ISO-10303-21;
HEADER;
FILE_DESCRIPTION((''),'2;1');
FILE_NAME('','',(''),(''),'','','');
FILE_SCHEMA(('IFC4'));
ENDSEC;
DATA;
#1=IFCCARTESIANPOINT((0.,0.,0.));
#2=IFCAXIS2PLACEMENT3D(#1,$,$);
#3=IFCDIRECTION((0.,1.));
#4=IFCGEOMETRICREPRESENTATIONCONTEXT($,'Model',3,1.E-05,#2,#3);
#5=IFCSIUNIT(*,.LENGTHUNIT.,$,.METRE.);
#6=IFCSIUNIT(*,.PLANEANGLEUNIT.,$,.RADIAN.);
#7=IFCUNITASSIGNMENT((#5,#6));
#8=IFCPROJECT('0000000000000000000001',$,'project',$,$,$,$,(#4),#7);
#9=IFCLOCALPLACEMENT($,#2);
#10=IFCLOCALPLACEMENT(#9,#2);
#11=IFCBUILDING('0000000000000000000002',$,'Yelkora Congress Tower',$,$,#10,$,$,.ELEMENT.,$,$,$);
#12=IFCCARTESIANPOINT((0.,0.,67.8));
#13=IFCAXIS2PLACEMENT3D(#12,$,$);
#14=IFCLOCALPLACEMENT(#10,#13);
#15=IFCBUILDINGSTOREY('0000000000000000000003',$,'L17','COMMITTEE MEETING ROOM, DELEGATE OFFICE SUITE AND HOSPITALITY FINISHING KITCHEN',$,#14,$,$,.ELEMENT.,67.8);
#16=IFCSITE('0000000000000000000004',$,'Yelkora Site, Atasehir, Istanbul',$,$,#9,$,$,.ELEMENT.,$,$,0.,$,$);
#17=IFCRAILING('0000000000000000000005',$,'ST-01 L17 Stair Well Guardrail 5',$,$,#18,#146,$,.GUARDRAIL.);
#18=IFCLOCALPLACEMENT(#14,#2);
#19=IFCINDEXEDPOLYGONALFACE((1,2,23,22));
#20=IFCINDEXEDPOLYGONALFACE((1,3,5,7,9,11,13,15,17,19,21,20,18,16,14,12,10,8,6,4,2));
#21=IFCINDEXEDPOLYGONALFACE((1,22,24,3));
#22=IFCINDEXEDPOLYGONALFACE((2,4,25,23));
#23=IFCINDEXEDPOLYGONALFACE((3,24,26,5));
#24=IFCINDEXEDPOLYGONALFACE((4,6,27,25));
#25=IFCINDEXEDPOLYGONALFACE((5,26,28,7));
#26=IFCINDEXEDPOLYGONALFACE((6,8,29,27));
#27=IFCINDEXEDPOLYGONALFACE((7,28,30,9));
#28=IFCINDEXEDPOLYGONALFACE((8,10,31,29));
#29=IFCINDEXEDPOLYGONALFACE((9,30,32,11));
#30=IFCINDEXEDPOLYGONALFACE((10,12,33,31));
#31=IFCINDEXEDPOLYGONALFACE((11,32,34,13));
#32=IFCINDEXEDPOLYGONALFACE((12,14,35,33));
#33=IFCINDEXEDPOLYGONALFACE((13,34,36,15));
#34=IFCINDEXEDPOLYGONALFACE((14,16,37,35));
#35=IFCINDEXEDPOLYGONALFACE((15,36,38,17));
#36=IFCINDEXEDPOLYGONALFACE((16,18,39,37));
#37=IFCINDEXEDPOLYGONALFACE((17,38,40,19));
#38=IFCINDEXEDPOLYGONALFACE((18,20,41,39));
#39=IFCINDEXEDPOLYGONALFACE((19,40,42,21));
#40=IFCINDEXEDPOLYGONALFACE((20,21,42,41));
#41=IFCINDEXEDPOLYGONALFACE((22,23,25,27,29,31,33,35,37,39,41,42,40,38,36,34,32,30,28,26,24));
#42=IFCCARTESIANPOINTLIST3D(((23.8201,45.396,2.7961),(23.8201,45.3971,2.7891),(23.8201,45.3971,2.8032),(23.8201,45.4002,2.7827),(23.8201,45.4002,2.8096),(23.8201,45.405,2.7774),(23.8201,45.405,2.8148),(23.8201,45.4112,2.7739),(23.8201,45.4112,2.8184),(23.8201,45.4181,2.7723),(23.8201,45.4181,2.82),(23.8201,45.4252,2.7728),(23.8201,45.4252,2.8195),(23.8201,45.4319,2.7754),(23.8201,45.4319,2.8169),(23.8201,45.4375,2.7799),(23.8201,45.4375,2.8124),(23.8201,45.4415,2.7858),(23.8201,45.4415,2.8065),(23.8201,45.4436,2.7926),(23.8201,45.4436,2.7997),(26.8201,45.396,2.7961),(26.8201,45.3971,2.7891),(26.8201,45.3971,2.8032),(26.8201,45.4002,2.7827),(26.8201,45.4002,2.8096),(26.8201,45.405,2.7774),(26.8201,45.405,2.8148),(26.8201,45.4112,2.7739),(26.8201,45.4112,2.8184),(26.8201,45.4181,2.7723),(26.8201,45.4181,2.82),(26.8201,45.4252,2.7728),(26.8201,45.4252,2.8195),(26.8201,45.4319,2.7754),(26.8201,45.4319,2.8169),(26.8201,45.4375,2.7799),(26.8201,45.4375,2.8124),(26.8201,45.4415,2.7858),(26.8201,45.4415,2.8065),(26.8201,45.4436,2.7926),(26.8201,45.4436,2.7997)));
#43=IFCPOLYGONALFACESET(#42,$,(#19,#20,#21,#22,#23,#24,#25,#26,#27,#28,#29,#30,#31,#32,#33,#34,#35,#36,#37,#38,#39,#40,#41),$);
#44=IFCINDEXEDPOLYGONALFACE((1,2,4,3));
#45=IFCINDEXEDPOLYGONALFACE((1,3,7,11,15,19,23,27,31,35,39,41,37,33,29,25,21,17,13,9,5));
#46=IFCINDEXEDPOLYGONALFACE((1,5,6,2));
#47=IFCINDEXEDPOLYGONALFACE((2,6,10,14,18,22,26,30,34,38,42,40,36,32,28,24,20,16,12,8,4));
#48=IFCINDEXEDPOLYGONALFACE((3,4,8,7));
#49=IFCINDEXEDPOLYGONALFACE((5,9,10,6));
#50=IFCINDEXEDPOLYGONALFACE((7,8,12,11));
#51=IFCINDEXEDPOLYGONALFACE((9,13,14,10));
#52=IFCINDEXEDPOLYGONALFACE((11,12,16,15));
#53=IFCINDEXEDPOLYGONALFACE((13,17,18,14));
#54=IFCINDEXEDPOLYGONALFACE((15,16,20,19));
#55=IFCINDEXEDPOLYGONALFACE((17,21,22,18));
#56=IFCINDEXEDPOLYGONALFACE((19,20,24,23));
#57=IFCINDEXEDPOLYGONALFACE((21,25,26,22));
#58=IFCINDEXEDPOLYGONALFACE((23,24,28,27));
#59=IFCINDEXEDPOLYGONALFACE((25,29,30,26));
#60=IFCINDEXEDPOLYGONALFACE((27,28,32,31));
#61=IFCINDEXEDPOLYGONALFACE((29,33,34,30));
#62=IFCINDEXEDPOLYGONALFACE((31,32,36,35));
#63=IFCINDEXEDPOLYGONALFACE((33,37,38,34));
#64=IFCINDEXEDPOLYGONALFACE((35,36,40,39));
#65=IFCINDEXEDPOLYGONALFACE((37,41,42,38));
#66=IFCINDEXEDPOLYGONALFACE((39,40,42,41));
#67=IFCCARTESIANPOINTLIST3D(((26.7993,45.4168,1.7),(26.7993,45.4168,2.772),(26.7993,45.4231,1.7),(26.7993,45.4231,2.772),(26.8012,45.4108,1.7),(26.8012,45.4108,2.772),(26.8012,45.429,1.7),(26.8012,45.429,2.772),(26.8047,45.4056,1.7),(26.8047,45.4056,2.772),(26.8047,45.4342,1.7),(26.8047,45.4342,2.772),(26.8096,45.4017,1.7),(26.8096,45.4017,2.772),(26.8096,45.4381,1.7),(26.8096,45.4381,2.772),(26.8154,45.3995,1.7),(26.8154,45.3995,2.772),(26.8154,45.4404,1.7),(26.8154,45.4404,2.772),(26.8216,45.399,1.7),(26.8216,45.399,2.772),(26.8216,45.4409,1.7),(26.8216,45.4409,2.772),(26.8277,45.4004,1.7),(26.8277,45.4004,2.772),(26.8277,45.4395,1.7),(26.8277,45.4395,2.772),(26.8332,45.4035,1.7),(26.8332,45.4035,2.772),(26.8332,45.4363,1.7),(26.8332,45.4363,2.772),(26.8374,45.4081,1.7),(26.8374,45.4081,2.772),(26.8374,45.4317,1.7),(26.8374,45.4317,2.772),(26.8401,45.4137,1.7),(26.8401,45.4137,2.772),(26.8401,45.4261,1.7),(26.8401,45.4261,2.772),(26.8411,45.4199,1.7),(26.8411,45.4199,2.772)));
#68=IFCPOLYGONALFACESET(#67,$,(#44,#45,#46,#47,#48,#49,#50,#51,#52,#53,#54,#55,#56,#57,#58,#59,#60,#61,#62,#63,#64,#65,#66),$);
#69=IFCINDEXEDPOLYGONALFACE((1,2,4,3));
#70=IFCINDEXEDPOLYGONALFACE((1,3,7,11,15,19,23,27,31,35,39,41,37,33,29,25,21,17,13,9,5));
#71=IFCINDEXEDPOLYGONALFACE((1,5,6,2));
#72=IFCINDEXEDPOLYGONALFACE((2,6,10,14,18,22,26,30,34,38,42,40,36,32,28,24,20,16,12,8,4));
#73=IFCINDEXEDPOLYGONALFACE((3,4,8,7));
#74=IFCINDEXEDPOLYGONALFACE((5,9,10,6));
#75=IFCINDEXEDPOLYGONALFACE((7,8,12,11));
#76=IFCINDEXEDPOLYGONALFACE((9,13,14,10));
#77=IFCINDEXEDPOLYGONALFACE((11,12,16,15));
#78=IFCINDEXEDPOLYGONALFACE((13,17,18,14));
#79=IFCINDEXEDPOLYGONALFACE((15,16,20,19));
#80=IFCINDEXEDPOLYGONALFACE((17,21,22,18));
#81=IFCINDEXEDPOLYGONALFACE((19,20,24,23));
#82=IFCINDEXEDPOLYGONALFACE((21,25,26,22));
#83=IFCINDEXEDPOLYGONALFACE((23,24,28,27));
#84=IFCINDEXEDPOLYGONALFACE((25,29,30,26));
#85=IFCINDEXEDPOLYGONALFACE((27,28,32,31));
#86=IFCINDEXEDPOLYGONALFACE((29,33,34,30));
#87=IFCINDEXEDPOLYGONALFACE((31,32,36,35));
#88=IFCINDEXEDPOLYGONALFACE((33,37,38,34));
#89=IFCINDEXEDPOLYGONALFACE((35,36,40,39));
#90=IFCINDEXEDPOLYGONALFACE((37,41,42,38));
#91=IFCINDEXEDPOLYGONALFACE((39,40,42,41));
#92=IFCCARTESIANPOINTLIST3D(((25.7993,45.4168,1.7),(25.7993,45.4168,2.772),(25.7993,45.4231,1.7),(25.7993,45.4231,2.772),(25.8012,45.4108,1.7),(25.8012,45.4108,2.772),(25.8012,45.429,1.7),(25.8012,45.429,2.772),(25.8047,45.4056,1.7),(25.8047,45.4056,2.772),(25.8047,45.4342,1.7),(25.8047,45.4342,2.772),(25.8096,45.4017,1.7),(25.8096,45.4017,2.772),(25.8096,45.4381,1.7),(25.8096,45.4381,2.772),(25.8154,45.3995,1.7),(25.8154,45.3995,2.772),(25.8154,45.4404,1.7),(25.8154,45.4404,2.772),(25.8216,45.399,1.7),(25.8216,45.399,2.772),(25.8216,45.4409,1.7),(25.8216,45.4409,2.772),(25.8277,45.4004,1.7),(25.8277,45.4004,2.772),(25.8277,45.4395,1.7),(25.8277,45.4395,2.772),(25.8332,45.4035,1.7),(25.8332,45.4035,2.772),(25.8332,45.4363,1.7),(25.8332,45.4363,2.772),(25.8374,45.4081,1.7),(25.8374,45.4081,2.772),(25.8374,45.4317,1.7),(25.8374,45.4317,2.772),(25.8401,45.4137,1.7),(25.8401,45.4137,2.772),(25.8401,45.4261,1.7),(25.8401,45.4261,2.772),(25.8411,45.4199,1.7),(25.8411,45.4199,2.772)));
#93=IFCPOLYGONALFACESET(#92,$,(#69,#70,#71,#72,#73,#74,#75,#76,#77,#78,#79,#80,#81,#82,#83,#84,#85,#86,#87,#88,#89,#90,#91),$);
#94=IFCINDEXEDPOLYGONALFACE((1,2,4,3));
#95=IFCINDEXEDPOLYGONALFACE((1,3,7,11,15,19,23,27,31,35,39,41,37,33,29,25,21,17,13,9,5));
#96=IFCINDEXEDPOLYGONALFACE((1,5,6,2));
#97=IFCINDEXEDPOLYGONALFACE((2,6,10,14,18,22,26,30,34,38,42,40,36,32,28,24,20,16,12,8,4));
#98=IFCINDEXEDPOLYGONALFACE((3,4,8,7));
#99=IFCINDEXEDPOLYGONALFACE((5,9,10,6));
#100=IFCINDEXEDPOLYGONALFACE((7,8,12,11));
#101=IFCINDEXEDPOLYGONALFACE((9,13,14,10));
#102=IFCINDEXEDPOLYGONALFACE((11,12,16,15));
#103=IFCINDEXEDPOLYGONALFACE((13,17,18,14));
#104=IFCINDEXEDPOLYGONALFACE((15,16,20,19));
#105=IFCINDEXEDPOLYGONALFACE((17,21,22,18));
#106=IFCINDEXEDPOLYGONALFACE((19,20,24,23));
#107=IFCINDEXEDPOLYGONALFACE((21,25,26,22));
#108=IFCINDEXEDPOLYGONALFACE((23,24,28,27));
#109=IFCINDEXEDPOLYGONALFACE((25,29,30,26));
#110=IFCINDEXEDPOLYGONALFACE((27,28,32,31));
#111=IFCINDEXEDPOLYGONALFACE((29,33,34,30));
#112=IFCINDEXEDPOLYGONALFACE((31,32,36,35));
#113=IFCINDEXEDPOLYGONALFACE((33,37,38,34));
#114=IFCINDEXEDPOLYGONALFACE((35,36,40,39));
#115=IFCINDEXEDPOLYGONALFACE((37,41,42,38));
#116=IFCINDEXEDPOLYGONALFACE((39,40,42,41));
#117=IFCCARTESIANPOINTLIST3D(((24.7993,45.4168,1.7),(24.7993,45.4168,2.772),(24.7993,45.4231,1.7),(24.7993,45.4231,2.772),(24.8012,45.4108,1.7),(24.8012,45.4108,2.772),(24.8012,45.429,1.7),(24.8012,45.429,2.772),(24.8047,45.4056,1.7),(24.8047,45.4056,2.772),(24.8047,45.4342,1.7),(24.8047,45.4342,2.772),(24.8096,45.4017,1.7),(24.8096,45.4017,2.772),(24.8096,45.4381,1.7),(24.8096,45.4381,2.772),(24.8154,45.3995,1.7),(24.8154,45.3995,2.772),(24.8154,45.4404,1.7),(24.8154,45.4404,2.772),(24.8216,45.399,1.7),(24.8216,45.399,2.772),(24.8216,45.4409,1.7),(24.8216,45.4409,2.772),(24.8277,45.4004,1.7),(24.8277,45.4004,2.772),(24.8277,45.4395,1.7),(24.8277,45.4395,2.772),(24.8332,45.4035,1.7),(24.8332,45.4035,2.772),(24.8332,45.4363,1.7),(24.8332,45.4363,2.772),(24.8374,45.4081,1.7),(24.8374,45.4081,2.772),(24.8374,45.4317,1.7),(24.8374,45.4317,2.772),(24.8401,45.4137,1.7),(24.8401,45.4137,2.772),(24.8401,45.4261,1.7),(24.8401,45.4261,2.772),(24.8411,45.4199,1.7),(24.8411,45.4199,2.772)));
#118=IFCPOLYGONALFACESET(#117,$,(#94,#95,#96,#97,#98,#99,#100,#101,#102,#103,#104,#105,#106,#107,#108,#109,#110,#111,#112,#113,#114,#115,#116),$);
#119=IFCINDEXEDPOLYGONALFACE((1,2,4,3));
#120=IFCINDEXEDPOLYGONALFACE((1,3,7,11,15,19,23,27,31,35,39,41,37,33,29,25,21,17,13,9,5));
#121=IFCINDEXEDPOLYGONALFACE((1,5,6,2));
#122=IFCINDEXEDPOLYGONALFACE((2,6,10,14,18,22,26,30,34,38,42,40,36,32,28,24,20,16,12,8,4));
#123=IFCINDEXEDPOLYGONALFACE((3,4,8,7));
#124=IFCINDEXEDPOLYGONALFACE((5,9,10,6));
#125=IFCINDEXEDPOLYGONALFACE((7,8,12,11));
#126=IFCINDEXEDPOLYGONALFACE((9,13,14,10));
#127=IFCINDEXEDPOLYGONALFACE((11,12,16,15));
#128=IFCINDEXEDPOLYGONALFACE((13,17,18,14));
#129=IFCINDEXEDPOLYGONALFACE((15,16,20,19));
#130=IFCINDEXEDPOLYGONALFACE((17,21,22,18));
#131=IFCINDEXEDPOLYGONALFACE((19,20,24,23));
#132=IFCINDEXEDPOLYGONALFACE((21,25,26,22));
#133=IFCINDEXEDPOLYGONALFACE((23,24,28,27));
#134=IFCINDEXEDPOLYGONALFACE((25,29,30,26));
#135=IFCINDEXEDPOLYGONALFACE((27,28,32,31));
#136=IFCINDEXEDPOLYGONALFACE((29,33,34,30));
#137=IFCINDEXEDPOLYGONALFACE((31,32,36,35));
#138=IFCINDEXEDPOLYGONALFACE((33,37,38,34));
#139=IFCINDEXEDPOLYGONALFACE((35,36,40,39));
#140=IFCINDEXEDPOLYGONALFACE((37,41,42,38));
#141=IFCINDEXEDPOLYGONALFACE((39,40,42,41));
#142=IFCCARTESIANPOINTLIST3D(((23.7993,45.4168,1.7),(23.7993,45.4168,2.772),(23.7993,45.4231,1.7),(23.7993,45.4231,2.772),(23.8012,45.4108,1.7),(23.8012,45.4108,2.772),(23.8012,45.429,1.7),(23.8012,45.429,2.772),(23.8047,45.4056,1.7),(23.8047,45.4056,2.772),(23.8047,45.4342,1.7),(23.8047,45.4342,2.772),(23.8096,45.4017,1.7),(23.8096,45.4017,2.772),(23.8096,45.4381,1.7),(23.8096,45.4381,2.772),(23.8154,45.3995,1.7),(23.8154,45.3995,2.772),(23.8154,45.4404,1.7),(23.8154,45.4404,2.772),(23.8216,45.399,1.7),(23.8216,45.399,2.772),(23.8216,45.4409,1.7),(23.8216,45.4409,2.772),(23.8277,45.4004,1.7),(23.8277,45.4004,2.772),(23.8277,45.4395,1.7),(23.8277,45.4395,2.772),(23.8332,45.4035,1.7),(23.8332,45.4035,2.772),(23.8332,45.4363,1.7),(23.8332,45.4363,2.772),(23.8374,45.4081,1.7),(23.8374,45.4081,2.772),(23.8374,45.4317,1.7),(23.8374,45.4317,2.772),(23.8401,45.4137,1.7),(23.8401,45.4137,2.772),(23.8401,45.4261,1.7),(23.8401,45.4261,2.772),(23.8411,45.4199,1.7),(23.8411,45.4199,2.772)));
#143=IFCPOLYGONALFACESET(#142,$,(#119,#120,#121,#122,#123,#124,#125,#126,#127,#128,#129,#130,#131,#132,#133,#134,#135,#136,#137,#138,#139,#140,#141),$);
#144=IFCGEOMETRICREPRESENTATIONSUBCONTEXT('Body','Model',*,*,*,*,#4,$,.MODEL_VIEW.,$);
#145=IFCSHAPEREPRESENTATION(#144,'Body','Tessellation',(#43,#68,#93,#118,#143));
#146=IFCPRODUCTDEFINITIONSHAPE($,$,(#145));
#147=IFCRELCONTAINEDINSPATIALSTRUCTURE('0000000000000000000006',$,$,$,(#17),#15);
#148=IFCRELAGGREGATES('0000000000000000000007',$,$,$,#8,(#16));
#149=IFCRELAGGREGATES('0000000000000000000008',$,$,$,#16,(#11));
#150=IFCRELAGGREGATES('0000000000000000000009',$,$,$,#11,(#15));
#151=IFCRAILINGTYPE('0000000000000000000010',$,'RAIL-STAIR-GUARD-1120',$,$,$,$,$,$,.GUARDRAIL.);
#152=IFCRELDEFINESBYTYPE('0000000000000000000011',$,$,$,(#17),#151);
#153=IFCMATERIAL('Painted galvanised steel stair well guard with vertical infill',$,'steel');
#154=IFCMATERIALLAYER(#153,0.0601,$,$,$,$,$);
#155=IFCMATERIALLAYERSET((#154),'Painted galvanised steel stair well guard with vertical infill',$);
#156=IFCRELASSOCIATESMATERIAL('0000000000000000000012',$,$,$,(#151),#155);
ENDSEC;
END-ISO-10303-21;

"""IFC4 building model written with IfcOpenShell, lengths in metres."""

from ifc_helpers import new_model, si_unit, direction, frame, origin, origin_2d, place, context, subcontext, project, spatial, circle, extrude, material, layer, layer_set, type_object, element, save


model = new_model("IFC4")

# Units and contexts
model_context = context("Model", 3, precision=1e-05, world=origin(), true_north=direction((0.0, 1.0)))
body_context = subcontext(model_context, "Body", "Model", "MODEL_VIEW")
ifc_project = project(units=[si_unit("LENGTHUNIT", "METRE"), si_unit("PLANEANGLEUNIT", "RADIAN")], contexts=[model_context])

# Site, building, storey
site_placement = place(None, origin())
site = spatial("IfcSite", under=ifc_project, at=site_placement, Name="Yelkora Site, Atasehir, Istanbul", CompositionType="ELEMENT", RefElevation=0.0)
building_placement = place(site_placement, origin())
building = spatial("IfcBuilding", under=site, at=building_placement, Name="Yelkora Congress Tower", CompositionType="ELEMENT")
storey_placement = place(building_placement, frame((0.0, 0.0, 67.8)))
storey = spatial("IfcBuildingStorey", under=building, at=storey_placement, Name="L17", Description="COMMITTEE MEETING ROOM, DELEGATE OFFICE SUITE AND HOSPITALITY FINISHING KITCHEN", CompositionType="ELEMENT", Elevation=67.8)

# Railing
ifc_material_1 = material(Name="Painted galvanised steel stair well guard with vertical infill", Category="steel")
ifc_layer_1 = layer(ifc_material_1, 0.0601)
ifc_layer_set_1 = layer_set([ifc_layer_1], Name="Painted galvanised steel stair well guard with vertical infill")
railing_type_1 = type_object("IfcRailingType", Name="RAIL-STAIR-GUARD-1120", PredefinedType="GUARDRAIL", material=ifc_layer_set_1)
railing_1_placement = place(storey_placement, frame((26.8201, 45.4199, 1.7)))
element("IfcRailing", 1, at=railing_1_placement, inside=storey, type_object=railing_type_1, Name="ST-01 L17 Stair Well Guardrail 5", PredefinedType="GUARDRAIL", context=body_context, shape_type="SweptSolid", body=[
    extrude(circle(Radius=0.0239, at=origin_2d()), frame((0.0, 0.0, 1.0962), z_axis=(-1.0, 0.0, 0.0), x_axis=(0.0, -1.0, 0.0)), (0.0, 0.0, 1.0), 3.0),
    extrude(circle(Radius=0.021, at=origin_2d()), origin(), (0.0, 0.0, 1.0), 1.072),
    extrude(circle(Radius=0.021, at=origin_2d()), frame((-1.0, 0.0, 0.0)), (0.0, 0.0, 1.0), 1.072),
    extrude(circle(Radius=0.021, at=origin_2d()), frame((-2.0, 0.0, 0.0)), (0.0, 0.0, 1.0), 1.072),
    extrude(circle(Radius=0.021, at=origin_2d()), frame((-3.0, 0.0, 0.0)), (0.0, 0.0, 1.0), 1.072),
])

save(model, "model.ifc")
